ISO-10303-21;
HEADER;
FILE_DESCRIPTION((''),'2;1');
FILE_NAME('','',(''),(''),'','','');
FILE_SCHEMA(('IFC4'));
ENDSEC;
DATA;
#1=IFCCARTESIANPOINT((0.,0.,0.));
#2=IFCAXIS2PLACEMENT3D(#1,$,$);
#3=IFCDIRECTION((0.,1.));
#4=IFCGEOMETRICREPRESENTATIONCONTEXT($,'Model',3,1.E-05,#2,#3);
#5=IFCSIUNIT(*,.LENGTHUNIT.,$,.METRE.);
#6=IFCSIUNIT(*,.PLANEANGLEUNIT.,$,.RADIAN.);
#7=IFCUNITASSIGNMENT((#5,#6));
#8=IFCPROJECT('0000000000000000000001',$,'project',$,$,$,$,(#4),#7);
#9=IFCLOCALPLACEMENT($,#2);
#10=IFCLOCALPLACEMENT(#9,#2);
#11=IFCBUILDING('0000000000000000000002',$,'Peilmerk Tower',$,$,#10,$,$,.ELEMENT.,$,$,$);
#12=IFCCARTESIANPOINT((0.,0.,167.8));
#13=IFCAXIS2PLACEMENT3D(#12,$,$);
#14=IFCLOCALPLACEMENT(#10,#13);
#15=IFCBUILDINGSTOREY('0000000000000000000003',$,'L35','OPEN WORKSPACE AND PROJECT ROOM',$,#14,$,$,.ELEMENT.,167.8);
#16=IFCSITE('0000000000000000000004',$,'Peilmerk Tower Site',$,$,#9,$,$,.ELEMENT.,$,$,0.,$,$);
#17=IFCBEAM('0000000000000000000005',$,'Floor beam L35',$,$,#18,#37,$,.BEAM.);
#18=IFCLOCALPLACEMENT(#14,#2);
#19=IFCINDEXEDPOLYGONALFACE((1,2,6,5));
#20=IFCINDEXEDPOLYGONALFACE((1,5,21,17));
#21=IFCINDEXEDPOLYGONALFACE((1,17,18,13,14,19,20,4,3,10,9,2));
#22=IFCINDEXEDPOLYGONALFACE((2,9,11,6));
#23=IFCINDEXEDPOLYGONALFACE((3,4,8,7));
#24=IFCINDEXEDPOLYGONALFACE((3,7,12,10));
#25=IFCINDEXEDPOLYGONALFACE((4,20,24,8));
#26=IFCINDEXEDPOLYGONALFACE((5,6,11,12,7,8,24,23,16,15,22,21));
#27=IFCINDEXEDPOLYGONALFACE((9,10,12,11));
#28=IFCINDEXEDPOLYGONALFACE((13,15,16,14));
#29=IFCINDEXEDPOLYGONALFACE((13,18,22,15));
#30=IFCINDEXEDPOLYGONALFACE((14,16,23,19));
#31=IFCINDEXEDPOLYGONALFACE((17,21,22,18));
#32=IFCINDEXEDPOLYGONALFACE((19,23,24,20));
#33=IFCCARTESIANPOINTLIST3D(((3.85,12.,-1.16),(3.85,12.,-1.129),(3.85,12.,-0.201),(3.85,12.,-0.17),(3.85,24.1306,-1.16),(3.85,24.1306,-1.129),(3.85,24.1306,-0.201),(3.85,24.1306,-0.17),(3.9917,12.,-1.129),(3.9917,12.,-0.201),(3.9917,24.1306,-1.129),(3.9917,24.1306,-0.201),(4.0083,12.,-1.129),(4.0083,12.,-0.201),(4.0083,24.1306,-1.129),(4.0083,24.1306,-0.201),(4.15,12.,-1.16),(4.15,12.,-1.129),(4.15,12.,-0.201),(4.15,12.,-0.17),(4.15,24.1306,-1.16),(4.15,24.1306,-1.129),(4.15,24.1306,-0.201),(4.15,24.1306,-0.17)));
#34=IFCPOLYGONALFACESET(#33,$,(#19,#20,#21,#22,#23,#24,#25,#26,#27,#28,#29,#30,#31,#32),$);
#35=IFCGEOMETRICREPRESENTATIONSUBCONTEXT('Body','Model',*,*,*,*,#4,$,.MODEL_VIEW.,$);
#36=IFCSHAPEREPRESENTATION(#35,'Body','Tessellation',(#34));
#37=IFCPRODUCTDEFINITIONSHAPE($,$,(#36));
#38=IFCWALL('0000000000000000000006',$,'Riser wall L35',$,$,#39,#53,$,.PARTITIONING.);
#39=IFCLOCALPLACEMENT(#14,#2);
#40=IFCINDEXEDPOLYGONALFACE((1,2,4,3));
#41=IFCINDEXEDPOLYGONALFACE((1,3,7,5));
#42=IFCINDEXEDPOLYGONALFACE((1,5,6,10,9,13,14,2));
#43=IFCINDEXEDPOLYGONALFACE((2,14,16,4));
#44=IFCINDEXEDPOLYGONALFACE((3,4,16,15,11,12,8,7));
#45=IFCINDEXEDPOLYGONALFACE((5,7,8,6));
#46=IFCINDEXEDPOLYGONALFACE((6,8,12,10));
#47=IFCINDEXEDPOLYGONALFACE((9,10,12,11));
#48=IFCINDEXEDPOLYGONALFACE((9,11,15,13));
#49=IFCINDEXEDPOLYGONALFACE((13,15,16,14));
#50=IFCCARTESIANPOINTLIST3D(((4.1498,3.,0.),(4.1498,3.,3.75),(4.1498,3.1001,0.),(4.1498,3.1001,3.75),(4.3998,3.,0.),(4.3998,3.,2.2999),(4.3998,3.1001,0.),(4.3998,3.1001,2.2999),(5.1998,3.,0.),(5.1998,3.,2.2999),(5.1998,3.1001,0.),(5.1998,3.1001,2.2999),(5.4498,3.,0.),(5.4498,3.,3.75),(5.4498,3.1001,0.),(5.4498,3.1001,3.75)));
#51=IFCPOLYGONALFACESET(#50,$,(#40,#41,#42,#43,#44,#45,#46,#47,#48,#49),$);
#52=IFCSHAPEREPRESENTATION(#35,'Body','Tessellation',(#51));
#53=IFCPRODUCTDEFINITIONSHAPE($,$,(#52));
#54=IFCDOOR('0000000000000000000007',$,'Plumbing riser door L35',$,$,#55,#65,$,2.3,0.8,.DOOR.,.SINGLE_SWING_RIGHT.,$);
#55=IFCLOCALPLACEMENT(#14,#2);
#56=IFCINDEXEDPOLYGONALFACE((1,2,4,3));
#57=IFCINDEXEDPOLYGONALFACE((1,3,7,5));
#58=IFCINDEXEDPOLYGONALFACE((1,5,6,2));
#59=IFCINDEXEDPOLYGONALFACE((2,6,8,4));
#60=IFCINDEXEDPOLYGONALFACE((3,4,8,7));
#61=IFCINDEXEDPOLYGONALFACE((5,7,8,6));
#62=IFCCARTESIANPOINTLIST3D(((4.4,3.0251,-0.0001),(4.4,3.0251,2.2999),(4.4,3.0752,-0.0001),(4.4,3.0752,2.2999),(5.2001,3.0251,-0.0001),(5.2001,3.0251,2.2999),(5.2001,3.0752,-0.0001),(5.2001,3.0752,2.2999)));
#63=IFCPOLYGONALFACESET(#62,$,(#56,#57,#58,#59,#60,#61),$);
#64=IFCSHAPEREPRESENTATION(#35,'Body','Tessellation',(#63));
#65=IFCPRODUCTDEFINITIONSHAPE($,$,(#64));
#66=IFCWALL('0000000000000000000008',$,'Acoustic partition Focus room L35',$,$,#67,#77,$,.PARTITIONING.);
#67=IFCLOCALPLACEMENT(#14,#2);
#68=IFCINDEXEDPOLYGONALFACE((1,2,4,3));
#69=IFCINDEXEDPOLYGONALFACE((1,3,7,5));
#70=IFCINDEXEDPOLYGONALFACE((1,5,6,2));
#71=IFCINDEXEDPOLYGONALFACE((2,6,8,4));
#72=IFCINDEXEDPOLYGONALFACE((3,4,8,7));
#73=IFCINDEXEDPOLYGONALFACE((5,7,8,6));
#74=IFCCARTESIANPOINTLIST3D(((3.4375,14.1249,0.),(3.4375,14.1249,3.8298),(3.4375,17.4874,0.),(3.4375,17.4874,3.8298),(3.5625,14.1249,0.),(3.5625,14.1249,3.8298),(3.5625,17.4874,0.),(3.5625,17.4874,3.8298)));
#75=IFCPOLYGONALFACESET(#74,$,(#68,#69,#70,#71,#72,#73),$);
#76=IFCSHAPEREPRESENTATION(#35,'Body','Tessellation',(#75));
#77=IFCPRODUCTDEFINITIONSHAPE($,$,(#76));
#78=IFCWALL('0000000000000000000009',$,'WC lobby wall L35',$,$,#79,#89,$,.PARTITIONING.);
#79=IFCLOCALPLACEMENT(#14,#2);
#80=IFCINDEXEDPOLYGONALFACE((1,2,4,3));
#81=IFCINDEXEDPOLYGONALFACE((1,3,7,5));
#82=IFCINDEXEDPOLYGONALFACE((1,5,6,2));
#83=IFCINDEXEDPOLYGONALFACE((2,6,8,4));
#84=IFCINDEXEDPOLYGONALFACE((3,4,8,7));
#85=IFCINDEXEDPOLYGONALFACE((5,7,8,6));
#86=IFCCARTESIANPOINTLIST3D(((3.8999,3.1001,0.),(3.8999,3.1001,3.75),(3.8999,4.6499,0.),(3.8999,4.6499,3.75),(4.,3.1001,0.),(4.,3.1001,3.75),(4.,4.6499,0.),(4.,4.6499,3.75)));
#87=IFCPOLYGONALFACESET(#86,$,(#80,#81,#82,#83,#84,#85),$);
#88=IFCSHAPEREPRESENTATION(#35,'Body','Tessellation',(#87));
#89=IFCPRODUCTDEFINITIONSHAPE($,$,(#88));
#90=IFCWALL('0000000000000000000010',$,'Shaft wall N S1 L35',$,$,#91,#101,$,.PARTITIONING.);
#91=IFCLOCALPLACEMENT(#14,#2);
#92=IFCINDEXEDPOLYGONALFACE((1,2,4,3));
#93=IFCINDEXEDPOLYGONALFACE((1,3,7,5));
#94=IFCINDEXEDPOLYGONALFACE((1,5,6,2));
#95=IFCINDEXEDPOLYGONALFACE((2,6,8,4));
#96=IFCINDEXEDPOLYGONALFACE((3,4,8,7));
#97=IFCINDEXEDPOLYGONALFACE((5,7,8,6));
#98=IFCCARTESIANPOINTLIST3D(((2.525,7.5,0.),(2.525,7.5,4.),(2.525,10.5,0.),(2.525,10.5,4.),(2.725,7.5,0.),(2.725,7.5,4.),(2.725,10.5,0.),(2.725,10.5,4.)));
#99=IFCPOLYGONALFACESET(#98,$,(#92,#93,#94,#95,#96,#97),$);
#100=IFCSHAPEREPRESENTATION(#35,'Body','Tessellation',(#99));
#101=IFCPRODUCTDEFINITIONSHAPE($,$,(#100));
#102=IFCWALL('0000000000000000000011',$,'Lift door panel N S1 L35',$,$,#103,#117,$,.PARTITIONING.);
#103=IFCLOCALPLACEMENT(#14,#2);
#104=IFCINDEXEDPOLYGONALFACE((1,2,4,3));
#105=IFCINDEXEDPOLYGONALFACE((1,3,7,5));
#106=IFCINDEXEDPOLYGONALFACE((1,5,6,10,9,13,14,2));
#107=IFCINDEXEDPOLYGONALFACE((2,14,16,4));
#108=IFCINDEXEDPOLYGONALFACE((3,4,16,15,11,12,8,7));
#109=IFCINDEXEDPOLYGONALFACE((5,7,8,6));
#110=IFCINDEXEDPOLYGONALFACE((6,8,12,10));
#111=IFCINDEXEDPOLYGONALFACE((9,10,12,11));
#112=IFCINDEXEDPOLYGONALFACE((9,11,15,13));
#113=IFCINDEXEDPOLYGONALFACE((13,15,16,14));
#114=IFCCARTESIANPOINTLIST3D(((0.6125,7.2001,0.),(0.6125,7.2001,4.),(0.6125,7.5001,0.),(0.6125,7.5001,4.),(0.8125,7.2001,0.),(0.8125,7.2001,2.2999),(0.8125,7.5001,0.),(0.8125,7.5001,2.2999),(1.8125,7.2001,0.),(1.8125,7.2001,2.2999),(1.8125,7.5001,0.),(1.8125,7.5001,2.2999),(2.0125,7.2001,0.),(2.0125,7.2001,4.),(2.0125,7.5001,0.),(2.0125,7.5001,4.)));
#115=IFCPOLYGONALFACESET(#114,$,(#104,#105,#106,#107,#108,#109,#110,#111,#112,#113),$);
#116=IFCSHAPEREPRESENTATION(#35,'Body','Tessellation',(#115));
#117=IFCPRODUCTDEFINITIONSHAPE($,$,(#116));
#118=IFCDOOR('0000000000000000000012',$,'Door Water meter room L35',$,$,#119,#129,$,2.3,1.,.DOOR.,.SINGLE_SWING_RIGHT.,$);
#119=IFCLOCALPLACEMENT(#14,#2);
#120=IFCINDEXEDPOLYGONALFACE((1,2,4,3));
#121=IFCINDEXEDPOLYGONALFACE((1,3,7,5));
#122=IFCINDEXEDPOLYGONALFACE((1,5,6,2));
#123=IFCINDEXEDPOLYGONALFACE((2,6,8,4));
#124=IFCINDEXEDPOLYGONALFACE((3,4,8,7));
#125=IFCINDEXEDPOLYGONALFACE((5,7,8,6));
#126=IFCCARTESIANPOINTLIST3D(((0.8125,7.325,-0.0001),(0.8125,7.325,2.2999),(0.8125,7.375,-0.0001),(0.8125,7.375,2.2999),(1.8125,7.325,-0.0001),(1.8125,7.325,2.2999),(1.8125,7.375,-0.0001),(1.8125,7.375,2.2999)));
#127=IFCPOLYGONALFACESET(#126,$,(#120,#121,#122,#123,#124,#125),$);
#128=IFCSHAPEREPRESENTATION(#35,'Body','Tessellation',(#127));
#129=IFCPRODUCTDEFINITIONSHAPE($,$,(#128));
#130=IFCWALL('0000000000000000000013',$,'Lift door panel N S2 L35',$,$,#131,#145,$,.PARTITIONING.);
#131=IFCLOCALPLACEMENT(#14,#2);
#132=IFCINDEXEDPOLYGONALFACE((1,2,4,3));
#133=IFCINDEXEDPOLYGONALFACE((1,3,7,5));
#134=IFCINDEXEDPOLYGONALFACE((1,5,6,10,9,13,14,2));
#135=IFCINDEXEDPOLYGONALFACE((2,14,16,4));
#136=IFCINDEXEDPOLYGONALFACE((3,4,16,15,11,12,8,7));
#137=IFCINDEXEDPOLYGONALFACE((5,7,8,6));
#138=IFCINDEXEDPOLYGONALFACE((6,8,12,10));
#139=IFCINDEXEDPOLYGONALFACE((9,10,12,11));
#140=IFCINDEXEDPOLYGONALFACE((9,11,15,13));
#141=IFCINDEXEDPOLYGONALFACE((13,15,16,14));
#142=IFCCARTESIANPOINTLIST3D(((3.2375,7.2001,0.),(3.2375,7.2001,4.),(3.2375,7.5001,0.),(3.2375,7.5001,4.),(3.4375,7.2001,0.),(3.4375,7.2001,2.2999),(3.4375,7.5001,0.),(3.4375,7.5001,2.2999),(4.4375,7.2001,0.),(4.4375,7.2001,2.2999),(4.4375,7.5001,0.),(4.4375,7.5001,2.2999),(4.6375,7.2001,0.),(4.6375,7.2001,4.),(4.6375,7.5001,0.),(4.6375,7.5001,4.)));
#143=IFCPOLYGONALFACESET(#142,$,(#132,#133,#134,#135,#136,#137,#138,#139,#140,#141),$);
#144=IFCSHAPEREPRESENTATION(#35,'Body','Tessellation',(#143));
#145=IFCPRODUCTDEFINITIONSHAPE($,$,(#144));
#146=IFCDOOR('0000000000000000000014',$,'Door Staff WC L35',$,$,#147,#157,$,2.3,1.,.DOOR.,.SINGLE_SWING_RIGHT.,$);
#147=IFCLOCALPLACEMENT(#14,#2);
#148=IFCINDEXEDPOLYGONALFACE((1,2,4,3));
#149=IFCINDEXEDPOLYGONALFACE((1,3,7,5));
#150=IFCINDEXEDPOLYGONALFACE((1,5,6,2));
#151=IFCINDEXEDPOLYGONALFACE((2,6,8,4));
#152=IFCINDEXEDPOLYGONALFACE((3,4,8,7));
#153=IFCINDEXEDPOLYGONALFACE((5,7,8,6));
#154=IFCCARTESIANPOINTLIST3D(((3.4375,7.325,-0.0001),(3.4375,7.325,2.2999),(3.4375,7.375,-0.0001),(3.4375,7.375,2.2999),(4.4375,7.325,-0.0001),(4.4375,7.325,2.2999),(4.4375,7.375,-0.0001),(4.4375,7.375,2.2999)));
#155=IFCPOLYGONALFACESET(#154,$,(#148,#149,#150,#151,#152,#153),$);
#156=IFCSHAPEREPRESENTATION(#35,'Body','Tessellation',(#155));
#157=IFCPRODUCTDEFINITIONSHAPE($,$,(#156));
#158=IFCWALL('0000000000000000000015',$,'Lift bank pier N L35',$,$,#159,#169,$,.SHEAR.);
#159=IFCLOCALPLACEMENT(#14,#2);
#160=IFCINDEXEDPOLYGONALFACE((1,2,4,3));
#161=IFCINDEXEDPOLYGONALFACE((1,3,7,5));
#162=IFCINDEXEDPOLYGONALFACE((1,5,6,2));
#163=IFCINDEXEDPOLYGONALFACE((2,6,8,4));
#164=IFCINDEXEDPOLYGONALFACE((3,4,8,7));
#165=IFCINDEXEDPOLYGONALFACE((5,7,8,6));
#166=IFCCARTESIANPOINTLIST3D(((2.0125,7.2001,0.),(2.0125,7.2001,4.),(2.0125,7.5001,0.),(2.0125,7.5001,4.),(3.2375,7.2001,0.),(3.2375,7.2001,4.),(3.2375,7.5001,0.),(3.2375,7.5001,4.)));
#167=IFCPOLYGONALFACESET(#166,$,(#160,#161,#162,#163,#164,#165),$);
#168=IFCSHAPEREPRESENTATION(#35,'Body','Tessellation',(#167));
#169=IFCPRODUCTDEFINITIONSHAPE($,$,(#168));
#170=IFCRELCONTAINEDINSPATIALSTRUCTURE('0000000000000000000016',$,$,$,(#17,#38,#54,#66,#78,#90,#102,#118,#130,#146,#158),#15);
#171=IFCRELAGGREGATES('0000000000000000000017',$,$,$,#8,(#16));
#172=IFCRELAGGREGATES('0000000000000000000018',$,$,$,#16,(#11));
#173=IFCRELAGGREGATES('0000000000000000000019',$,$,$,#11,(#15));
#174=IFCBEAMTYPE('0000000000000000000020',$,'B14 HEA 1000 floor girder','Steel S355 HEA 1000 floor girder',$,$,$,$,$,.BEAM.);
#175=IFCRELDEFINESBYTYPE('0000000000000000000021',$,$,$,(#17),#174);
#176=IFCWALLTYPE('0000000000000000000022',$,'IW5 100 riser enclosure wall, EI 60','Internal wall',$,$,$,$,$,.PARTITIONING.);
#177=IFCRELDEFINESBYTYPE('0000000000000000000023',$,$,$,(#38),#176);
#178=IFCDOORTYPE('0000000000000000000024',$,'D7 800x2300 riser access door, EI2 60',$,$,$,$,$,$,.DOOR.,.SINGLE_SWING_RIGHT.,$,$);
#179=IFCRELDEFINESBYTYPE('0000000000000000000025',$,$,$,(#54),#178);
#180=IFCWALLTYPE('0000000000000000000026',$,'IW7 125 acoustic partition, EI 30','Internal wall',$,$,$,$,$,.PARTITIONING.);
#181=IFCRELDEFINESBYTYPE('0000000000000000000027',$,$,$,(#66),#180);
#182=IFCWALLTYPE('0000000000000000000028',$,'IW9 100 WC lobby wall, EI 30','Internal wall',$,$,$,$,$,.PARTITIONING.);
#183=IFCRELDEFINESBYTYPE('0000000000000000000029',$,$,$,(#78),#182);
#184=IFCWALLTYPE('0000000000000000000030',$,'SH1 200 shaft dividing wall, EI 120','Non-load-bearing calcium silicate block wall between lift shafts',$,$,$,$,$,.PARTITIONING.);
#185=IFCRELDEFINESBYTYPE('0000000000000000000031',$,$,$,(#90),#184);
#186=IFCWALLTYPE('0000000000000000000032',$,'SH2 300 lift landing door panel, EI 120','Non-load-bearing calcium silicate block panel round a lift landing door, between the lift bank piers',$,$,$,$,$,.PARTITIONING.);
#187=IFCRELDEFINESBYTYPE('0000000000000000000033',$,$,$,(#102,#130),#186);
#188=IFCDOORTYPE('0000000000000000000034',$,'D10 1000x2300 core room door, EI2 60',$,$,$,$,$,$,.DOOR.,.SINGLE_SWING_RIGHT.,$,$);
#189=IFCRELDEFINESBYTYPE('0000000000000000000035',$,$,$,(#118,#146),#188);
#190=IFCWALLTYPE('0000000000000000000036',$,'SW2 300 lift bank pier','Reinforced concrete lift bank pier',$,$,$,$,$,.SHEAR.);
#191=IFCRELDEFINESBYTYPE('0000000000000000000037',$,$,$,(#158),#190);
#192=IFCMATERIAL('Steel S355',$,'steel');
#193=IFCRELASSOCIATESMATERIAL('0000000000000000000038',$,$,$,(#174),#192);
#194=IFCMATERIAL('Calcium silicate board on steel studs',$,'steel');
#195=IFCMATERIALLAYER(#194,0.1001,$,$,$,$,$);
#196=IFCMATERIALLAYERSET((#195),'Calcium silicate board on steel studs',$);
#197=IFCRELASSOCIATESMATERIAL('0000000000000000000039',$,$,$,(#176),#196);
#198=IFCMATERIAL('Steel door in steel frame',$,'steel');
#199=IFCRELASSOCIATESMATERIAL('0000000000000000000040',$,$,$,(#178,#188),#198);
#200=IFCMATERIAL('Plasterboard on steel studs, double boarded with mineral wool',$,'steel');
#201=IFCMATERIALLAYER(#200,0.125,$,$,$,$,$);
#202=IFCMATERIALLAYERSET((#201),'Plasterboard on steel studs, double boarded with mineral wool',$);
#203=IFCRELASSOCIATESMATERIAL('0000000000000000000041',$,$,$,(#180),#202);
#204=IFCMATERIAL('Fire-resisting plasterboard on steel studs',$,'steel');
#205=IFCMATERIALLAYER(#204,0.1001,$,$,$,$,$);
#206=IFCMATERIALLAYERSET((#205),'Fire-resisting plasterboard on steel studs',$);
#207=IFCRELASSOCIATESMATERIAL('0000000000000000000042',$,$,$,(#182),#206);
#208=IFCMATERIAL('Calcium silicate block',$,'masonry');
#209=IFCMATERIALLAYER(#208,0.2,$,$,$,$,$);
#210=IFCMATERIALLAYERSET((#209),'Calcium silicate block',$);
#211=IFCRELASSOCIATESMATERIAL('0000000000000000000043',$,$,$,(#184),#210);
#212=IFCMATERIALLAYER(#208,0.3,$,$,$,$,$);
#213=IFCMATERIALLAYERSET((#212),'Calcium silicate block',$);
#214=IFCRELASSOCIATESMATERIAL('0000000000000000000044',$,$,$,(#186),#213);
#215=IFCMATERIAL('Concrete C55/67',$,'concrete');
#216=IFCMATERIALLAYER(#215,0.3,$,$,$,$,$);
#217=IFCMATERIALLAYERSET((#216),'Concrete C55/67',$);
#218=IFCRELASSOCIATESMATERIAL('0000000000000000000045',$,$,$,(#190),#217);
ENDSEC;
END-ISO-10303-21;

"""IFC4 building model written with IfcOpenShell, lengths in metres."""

from ifc_helpers import new_model, si_unit, direction, frame, frame_2d, origin, origin_2d, place, context, subcontext, project, spatial, rectangle, i_section, extrude, material, layer, layer_set, material_profile, profile_set, type_object, element, fill, save


model = new_model("IFC4")

# Units and contexts
model_context = context("Model", 3, precision=1e-05, world=origin(), true_north=direction((0.0, 1.0)))
body_context = subcontext(model_context, "Body", "Model", "MODEL_VIEW")
ifc_project = project(units=[si_unit("LENGTHUNIT", "METRE"), si_unit("PLANEANGLEUNIT", "RADIAN")], contexts=[model_context])

# Site, building, storey
site_placement = place(None, origin())
site = spatial("IfcSite", under=ifc_project, at=site_placement, Name="Peilmerk Tower Site", CompositionType="ELEMENT", RefElevation=0.0)
building_placement = place(site_placement, origin())
building = spatial("IfcBuilding", under=site, at=building_placement, Name="Peilmerk Tower", CompositionType="ELEMENT")
storey_placement = place(building_placement, frame((0.0, 0.0, 167.8)))
storey = spatial("IfcBuildingStorey", under=building, at=storey_placement, Name="L35", Description="OPEN WORKSPACE AND PROJECT ROOM", CompositionType="ELEMENT", Elevation=167.8)

# Beam
ifc_material_1 = material(Name="Steel S355", Category="steel")
ifc_material_profile = material_profile(ifc_material_1, i_section(OverallWidth=0.3, OverallDepth=0.99, WebThickness=0.0166, FlangeThickness=0.031, at=origin_2d()), Name="HEA 1000")
ifc_profile_set = profile_set([ifc_material_profile], Name="Steel S355")
beam_type = type_object("IfcBeamType", Name="B14 HEA 1000 floor girder", Description="Steel S355 HEA 1000 floor girder", PredefinedType="BEAM", material=ifc_profile_set)
beam_placement = place(storey_placement, frame((4.0, 12.0, -0.665), z_axis=(0.0, 1.0, 0.0), x_axis=(-1.0, 0.0, 0.0)))
element("IfcBeam", 1, at=beam_placement, inside=storey, type_object=beam_type, Name="Floor beam L35", PredefinedType="BEAM", context=body_context, shape_type="SweptSolid", body=[
    extrude(i_section(OverallWidth=0.3, OverallDepth=0.99, WebThickness=0.0166, FlangeThickness=0.031, at=origin_2d()), origin(), (0.0, 0.0, 1.0), 12.1306),
])

# Wall, opening, door
ifc_material_2 = material(Name="Calcium silicate board on steel studs", Category="steel")
ifc_layer_1 = layer(ifc_material_2, 0.1001)
ifc_layer_set_1 = layer_set([ifc_layer_1], Name="Calcium silicate board on steel studs")
wall_type_1 = type_object("IfcWallType", Name="IW5 100 riser enclosure wall, EI 60", Description="Internal wall", PredefinedType="PARTITIONING", material=ifc_layer_set_1)
wall_1_placement = place(storey_placement, frame((4.1499, 3.05, 0.0), z_axis=(0.0, 0.0, 1.0), x_axis=(1.0, 0.0, 0.0)))
wall_1 = element("IfcWall", 2, at=wall_1_placement, inside=storey, type_object=wall_type_1, Name="Riser wall L35", PredefinedType="PARTITIONING", context=body_context, shape_type="SweptSolid", body=[
    extrude(rectangle(XDim=1.3, YDim=0.1001, at=frame_2d((0.6499, 0.0))), origin(), (0.0, 0.0, 1.0), 3.75),
])
opening_1_placement = place(wall_1_placement, frame((0.25, 0.0, 0.0)))
opening_1 = element("IfcOpeningElement", 3, at=opening_1_placement, cuts=wall_1, PredefinedType="OPENING", context=body_context, shape_type="SweptSolid", body=[
    extrude(rectangle(XDim=0.8, YDim=2.3, at=frame_2d((0.3999, 1.1499))), frame((0.0, 0.0601, 0.0), z_axis=(0.0, -1.0, 0.0), x_axis=(1.0, 0.0, 0.0)), (0.0, 0.0, 1.0), 0.1201),
])
ifc_material_3 = material(Name="Steel door in steel frame", Category="steel")
door_type_1 = type_object("IfcDoorType", Name="D7 800x2300 riser access door, EI2 60", OperationType="SINGLE_SWING_RIGHT", PredefinedType="DOOR", material=ifc_material_3)
door_1_placement = place(opening_1_placement, frame((0.8, 0.0, 0.0), z_axis=(0.0, 0.0, 1.0), x_axis=(-1.0, 0.0, 0.0)))
door_1 = element("IfcDoor", 4, at=door_1_placement, inside=storey, type_object=door_type_1, Name="Plumbing riser door L35", OperationType="SINGLE_SWING_RIGHT", OverallHeight=2.3, OverallWidth=0.8, PredefinedType="DOOR", context=body_context, shape_type="SweptSolid", body=[
    extrude(rectangle(XDim=0.8, YDim=2.3, at=frame_2d((0.3999, 1.1499))), frame((0.0, 0.0249, 0.0), z_axis=(0.0, -1.0, 0.0), x_axis=(1.0, 0.0, 0.0)), (0.0, 0.0, 1.0), 0.05),
])
fill(opening_1, door_1)

# Walls
ifc_material_4 = material(Name="Plasterboard on steel studs, double boarded with mineral wool", Category="steel")
ifc_layer_2 = layer(ifc_material_4, 0.125)
ifc_layer_set_2 = layer_set([ifc_layer_2], Name="Plasterboard on steel studs, double boarded with mineral wool")
wall_type_2 = type_object("IfcWallType", Name="IW7 125 acoustic partition, EI 30", Description="Internal wall", PredefinedType="PARTITIONING", material=ifc_layer_set_2)
wall_2_placement = place(storey_placement, frame((3.5, 14.125, 0.0), z_axis=(0.0, 0.0, 1.0), x_axis=(0.0, 1.0, 0.0)))
element("IfcWall", 5, at=wall_2_placement, inside=storey, type_object=wall_type_2, Name="Acoustic partition Focus room L35", PredefinedType="PARTITIONING", context=body_context, shape_type="SweptSolid", body=[
    extrude(rectangle(XDim=3.3625, YDim=0.125, at=frame_2d((1.6812, 0.0))), origin(), (0.0, 0.0, 1.0), 3.8298),
])
ifc_material_5 = material(Name="Fire-resisting plasterboard on steel studs", Category="steel")
ifc_layer_3 = layer(ifc_material_5, 0.1001)
ifc_layer_set_3 = layer_set([ifc_layer_3], Name="Fire-resisting plasterboard on steel studs")
wall_type_3 = type_object("IfcWallType", Name="IW9 100 WC lobby wall, EI 30", Description="Internal wall", PredefinedType="PARTITIONING", material=ifc_layer_set_3)
wall_3_placement = place(storey_placement, frame((3.95, 3.1001, 0.0), z_axis=(0.0, 0.0, 1.0), x_axis=(0.0, 1.0, 0.0)))
element("IfcWall", 6, at=wall_3_placement, inside=storey, type_object=wall_type_3, Name="WC lobby wall L35", PredefinedType="PARTITIONING", context=body_context, shape_type="SweptSolid", body=[
    extrude(rectangle(XDim=1.5498, YDim=0.1001, at=frame_2d((0.7749, 0.0))), origin(), (0.0, 0.0, 1.0), 3.75),
])
ifc_material_6 = material(Name="Calcium silicate block", Category="masonry")
ifc_layer_4 = layer(ifc_material_6, 0.2)
ifc_layer_set_4 = layer_set([ifc_layer_4], Name="Calcium silicate block")
wall_type_4 = type_object("IfcWallType", Name="SH1 200 shaft dividing wall, EI 120", Description="Non-load-bearing calcium silicate block wall between lift shafts", PredefinedType="PARTITIONING", material=ifc_layer_set_4)
wall_4_placement = place(storey_placement, frame((2.625, 7.5, 0.0), z_axis=(0.0, 0.0, 1.0), x_axis=(0.0, 1.0, 0.0)))
element("IfcWall", 7, at=wall_4_placement, inside=storey, type_object=wall_type_4, Name="Shaft wall N S1 L35", PredefinedType="PARTITIONING", context=body_context, shape_type="SweptSolid", body=[
    extrude(rectangle(XDim=3.0, YDim=0.2, at=frame_2d((1.5, 0.0))), origin(), (0.0, 0.0, 1.0), 4.0),
])

# Walls, openings, doors
ifc_layer_5 = layer(ifc_material_6, 0.3)
ifc_layer_set_5 = layer_set([ifc_layer_5], Name="Calcium silicate block")
wall_type_5 = type_object("IfcWallType", Name="SH2 300 lift landing door panel, EI 120", Description="Non-load-bearing calcium silicate block panel round a lift landing door, between the lift bank piers", PredefinedType="PARTITIONING", material=ifc_layer_set_5)
wall_5_placement = place(storey_placement, frame((0.6125, 7.3501, 0.0), z_axis=(0.0, 0.0, 1.0), x_axis=(1.0, 0.0, 0.0)))
wall_5 = element("IfcWall", 8, at=wall_5_placement, inside=storey, type_object=wall_type_5, Name="Lift door panel N S1 L35", PredefinedType="PARTITIONING", context=body_context, shape_type="SweptSolid", body=[
    extrude(rectangle(XDim=1.3999, YDim=0.3, at=frame_2d((0.7, 0.0))), origin(), (0.0, 0.0, 1.0), 4.0),
])
opening_2_placement = place(wall_5_placement, frame((0.2, 0.0, 0.0)))
opening_2 = element("IfcOpeningElement", 9, at=opening_2_placement, cuts=wall_5, PredefinedType="OPENING", context=body_context, shape_type="SweptSolid", body=[
    extrude(rectangle(XDim=1.0, YDim=2.3, at=frame_2d((0.5, 1.1499))), frame((0.0, 0.1599, 0.0), z_axis=(0.0, -1.0, 0.0), x_axis=(1.0, 0.0, 0.0)), (0.0, 0.0, 1.0), 0.3201),
])
door_type_2 = type_object("IfcDoorType", Name="D10 1000x2300 core room door, EI2 60", OperationType="SINGLE_SWING_RIGHT", PredefinedType="DOOR", material=ifc_material_3)
door_2_placement = place(opening_2_placement, origin())
door_2 = element("IfcDoor", 10, at=door_2_placement, inside=storey, type_object=door_type_2, Name="Door Water meter room L35", OperationType="SINGLE_SWING_RIGHT", OverallHeight=2.3, OverallWidth=1.0, PredefinedType="DOOR", context=body_context, shape_type="SweptSolid", body=[
    extrude(rectangle(XDim=1.0, YDim=2.3, at=frame_2d((0.5, 1.1499))), frame((0.0, 0.0249, 0.0), z_axis=(0.0, -1.0, 0.0), x_axis=(1.0, 0.0, 0.0)), (0.0, 0.0, 1.0), 0.05),
])
fill(opening_2, door_2)
wall_6_placement = place(storey_placement, frame((3.2375, 7.3501, 0.0), z_axis=(0.0, 0.0, 1.0), x_axis=(1.0, 0.0, 0.0)))
wall_6 = element("IfcWall", 11, at=wall_6_placement, inside=storey, type_object=wall_type_5, Name="Lift door panel N S2 L35", PredefinedType="PARTITIONING", context=body_context, shape_type="SweptSolid", body=[
    extrude(rectangle(XDim=1.3999, YDim=0.3, at=frame_2d((0.7, 0.0))), origin(), (0.0, 0.0, 1.0), 4.0),
])
opening_3_placement = place(wall_6_placement, frame((0.2, 0.0, 0.0)))
opening_3 = element("IfcOpeningElement", 12, at=opening_3_placement, cuts=wall_6, PredefinedType="OPENING", context=body_context, shape_type="SweptSolid", body=[
    extrude(rectangle(XDim=1.0, YDim=2.3, at=frame_2d((0.5, 1.1499))), frame((0.0, 0.1599, 0.0), z_axis=(0.0, -1.0, 0.0), x_axis=(1.0, 0.0, 0.0)), (0.0, 0.0, 1.0), 0.3201),
])
door_3_placement = place(opening_3_placement, origin())
door_3 = element("IfcDoor", 13, at=door_3_placement, inside=storey, type_object=door_type_2, Name="Door Staff WC L35", OperationType="SINGLE_SWING_RIGHT", OverallHeight=2.3, OverallWidth=1.0, PredefinedType="DOOR", context=body_context, shape_type="SweptSolid", body=[
    extrude(rectangle(XDim=1.0, YDim=2.3, at=frame_2d((0.5, 1.1499))), frame((0.0, 0.0249, 0.0), z_axis=(0.0, -1.0, 0.0), x_axis=(1.0, 0.0, 0.0)), (0.0, 0.0, 1.0), 0.05),
])
fill(opening_3, door_3)

# Wall
ifc_material_7 = material(Name="Concrete C55/67", Category="concrete")
ifc_layer_6 = layer(ifc_material_7, 0.3)
ifc_layer_set_6 = layer_set([ifc_layer_6], Name="Concrete C55/67")
wall_type_6 = type_object("IfcWallType", Name="SW2 300 lift bank pier", Description="Reinforced concrete lift bank pier", PredefinedType="SHEAR", material=ifc_layer_set_6)
wall_7_placement = place(storey_placement, frame((2.0125, 7.3501, 0.0), z_axis=(0.0, 0.0, 1.0), x_axis=(1.0, 0.0, 0.0)))
element("IfcWall", 14, at=wall_7_placement, inside=storey, type_object=wall_type_6, Name="Lift bank pier N L35", PredefinedType="SHEAR", context=body_context, shape_type="SweptSolid", body=[
    extrude(rectangle(XDim=1.2251, YDim=0.3, at=frame_2d((0.6125, 0.0))), origin(), (0.0, 0.0, 1.0), 4.0),
])

save(model, "model.ifc")
